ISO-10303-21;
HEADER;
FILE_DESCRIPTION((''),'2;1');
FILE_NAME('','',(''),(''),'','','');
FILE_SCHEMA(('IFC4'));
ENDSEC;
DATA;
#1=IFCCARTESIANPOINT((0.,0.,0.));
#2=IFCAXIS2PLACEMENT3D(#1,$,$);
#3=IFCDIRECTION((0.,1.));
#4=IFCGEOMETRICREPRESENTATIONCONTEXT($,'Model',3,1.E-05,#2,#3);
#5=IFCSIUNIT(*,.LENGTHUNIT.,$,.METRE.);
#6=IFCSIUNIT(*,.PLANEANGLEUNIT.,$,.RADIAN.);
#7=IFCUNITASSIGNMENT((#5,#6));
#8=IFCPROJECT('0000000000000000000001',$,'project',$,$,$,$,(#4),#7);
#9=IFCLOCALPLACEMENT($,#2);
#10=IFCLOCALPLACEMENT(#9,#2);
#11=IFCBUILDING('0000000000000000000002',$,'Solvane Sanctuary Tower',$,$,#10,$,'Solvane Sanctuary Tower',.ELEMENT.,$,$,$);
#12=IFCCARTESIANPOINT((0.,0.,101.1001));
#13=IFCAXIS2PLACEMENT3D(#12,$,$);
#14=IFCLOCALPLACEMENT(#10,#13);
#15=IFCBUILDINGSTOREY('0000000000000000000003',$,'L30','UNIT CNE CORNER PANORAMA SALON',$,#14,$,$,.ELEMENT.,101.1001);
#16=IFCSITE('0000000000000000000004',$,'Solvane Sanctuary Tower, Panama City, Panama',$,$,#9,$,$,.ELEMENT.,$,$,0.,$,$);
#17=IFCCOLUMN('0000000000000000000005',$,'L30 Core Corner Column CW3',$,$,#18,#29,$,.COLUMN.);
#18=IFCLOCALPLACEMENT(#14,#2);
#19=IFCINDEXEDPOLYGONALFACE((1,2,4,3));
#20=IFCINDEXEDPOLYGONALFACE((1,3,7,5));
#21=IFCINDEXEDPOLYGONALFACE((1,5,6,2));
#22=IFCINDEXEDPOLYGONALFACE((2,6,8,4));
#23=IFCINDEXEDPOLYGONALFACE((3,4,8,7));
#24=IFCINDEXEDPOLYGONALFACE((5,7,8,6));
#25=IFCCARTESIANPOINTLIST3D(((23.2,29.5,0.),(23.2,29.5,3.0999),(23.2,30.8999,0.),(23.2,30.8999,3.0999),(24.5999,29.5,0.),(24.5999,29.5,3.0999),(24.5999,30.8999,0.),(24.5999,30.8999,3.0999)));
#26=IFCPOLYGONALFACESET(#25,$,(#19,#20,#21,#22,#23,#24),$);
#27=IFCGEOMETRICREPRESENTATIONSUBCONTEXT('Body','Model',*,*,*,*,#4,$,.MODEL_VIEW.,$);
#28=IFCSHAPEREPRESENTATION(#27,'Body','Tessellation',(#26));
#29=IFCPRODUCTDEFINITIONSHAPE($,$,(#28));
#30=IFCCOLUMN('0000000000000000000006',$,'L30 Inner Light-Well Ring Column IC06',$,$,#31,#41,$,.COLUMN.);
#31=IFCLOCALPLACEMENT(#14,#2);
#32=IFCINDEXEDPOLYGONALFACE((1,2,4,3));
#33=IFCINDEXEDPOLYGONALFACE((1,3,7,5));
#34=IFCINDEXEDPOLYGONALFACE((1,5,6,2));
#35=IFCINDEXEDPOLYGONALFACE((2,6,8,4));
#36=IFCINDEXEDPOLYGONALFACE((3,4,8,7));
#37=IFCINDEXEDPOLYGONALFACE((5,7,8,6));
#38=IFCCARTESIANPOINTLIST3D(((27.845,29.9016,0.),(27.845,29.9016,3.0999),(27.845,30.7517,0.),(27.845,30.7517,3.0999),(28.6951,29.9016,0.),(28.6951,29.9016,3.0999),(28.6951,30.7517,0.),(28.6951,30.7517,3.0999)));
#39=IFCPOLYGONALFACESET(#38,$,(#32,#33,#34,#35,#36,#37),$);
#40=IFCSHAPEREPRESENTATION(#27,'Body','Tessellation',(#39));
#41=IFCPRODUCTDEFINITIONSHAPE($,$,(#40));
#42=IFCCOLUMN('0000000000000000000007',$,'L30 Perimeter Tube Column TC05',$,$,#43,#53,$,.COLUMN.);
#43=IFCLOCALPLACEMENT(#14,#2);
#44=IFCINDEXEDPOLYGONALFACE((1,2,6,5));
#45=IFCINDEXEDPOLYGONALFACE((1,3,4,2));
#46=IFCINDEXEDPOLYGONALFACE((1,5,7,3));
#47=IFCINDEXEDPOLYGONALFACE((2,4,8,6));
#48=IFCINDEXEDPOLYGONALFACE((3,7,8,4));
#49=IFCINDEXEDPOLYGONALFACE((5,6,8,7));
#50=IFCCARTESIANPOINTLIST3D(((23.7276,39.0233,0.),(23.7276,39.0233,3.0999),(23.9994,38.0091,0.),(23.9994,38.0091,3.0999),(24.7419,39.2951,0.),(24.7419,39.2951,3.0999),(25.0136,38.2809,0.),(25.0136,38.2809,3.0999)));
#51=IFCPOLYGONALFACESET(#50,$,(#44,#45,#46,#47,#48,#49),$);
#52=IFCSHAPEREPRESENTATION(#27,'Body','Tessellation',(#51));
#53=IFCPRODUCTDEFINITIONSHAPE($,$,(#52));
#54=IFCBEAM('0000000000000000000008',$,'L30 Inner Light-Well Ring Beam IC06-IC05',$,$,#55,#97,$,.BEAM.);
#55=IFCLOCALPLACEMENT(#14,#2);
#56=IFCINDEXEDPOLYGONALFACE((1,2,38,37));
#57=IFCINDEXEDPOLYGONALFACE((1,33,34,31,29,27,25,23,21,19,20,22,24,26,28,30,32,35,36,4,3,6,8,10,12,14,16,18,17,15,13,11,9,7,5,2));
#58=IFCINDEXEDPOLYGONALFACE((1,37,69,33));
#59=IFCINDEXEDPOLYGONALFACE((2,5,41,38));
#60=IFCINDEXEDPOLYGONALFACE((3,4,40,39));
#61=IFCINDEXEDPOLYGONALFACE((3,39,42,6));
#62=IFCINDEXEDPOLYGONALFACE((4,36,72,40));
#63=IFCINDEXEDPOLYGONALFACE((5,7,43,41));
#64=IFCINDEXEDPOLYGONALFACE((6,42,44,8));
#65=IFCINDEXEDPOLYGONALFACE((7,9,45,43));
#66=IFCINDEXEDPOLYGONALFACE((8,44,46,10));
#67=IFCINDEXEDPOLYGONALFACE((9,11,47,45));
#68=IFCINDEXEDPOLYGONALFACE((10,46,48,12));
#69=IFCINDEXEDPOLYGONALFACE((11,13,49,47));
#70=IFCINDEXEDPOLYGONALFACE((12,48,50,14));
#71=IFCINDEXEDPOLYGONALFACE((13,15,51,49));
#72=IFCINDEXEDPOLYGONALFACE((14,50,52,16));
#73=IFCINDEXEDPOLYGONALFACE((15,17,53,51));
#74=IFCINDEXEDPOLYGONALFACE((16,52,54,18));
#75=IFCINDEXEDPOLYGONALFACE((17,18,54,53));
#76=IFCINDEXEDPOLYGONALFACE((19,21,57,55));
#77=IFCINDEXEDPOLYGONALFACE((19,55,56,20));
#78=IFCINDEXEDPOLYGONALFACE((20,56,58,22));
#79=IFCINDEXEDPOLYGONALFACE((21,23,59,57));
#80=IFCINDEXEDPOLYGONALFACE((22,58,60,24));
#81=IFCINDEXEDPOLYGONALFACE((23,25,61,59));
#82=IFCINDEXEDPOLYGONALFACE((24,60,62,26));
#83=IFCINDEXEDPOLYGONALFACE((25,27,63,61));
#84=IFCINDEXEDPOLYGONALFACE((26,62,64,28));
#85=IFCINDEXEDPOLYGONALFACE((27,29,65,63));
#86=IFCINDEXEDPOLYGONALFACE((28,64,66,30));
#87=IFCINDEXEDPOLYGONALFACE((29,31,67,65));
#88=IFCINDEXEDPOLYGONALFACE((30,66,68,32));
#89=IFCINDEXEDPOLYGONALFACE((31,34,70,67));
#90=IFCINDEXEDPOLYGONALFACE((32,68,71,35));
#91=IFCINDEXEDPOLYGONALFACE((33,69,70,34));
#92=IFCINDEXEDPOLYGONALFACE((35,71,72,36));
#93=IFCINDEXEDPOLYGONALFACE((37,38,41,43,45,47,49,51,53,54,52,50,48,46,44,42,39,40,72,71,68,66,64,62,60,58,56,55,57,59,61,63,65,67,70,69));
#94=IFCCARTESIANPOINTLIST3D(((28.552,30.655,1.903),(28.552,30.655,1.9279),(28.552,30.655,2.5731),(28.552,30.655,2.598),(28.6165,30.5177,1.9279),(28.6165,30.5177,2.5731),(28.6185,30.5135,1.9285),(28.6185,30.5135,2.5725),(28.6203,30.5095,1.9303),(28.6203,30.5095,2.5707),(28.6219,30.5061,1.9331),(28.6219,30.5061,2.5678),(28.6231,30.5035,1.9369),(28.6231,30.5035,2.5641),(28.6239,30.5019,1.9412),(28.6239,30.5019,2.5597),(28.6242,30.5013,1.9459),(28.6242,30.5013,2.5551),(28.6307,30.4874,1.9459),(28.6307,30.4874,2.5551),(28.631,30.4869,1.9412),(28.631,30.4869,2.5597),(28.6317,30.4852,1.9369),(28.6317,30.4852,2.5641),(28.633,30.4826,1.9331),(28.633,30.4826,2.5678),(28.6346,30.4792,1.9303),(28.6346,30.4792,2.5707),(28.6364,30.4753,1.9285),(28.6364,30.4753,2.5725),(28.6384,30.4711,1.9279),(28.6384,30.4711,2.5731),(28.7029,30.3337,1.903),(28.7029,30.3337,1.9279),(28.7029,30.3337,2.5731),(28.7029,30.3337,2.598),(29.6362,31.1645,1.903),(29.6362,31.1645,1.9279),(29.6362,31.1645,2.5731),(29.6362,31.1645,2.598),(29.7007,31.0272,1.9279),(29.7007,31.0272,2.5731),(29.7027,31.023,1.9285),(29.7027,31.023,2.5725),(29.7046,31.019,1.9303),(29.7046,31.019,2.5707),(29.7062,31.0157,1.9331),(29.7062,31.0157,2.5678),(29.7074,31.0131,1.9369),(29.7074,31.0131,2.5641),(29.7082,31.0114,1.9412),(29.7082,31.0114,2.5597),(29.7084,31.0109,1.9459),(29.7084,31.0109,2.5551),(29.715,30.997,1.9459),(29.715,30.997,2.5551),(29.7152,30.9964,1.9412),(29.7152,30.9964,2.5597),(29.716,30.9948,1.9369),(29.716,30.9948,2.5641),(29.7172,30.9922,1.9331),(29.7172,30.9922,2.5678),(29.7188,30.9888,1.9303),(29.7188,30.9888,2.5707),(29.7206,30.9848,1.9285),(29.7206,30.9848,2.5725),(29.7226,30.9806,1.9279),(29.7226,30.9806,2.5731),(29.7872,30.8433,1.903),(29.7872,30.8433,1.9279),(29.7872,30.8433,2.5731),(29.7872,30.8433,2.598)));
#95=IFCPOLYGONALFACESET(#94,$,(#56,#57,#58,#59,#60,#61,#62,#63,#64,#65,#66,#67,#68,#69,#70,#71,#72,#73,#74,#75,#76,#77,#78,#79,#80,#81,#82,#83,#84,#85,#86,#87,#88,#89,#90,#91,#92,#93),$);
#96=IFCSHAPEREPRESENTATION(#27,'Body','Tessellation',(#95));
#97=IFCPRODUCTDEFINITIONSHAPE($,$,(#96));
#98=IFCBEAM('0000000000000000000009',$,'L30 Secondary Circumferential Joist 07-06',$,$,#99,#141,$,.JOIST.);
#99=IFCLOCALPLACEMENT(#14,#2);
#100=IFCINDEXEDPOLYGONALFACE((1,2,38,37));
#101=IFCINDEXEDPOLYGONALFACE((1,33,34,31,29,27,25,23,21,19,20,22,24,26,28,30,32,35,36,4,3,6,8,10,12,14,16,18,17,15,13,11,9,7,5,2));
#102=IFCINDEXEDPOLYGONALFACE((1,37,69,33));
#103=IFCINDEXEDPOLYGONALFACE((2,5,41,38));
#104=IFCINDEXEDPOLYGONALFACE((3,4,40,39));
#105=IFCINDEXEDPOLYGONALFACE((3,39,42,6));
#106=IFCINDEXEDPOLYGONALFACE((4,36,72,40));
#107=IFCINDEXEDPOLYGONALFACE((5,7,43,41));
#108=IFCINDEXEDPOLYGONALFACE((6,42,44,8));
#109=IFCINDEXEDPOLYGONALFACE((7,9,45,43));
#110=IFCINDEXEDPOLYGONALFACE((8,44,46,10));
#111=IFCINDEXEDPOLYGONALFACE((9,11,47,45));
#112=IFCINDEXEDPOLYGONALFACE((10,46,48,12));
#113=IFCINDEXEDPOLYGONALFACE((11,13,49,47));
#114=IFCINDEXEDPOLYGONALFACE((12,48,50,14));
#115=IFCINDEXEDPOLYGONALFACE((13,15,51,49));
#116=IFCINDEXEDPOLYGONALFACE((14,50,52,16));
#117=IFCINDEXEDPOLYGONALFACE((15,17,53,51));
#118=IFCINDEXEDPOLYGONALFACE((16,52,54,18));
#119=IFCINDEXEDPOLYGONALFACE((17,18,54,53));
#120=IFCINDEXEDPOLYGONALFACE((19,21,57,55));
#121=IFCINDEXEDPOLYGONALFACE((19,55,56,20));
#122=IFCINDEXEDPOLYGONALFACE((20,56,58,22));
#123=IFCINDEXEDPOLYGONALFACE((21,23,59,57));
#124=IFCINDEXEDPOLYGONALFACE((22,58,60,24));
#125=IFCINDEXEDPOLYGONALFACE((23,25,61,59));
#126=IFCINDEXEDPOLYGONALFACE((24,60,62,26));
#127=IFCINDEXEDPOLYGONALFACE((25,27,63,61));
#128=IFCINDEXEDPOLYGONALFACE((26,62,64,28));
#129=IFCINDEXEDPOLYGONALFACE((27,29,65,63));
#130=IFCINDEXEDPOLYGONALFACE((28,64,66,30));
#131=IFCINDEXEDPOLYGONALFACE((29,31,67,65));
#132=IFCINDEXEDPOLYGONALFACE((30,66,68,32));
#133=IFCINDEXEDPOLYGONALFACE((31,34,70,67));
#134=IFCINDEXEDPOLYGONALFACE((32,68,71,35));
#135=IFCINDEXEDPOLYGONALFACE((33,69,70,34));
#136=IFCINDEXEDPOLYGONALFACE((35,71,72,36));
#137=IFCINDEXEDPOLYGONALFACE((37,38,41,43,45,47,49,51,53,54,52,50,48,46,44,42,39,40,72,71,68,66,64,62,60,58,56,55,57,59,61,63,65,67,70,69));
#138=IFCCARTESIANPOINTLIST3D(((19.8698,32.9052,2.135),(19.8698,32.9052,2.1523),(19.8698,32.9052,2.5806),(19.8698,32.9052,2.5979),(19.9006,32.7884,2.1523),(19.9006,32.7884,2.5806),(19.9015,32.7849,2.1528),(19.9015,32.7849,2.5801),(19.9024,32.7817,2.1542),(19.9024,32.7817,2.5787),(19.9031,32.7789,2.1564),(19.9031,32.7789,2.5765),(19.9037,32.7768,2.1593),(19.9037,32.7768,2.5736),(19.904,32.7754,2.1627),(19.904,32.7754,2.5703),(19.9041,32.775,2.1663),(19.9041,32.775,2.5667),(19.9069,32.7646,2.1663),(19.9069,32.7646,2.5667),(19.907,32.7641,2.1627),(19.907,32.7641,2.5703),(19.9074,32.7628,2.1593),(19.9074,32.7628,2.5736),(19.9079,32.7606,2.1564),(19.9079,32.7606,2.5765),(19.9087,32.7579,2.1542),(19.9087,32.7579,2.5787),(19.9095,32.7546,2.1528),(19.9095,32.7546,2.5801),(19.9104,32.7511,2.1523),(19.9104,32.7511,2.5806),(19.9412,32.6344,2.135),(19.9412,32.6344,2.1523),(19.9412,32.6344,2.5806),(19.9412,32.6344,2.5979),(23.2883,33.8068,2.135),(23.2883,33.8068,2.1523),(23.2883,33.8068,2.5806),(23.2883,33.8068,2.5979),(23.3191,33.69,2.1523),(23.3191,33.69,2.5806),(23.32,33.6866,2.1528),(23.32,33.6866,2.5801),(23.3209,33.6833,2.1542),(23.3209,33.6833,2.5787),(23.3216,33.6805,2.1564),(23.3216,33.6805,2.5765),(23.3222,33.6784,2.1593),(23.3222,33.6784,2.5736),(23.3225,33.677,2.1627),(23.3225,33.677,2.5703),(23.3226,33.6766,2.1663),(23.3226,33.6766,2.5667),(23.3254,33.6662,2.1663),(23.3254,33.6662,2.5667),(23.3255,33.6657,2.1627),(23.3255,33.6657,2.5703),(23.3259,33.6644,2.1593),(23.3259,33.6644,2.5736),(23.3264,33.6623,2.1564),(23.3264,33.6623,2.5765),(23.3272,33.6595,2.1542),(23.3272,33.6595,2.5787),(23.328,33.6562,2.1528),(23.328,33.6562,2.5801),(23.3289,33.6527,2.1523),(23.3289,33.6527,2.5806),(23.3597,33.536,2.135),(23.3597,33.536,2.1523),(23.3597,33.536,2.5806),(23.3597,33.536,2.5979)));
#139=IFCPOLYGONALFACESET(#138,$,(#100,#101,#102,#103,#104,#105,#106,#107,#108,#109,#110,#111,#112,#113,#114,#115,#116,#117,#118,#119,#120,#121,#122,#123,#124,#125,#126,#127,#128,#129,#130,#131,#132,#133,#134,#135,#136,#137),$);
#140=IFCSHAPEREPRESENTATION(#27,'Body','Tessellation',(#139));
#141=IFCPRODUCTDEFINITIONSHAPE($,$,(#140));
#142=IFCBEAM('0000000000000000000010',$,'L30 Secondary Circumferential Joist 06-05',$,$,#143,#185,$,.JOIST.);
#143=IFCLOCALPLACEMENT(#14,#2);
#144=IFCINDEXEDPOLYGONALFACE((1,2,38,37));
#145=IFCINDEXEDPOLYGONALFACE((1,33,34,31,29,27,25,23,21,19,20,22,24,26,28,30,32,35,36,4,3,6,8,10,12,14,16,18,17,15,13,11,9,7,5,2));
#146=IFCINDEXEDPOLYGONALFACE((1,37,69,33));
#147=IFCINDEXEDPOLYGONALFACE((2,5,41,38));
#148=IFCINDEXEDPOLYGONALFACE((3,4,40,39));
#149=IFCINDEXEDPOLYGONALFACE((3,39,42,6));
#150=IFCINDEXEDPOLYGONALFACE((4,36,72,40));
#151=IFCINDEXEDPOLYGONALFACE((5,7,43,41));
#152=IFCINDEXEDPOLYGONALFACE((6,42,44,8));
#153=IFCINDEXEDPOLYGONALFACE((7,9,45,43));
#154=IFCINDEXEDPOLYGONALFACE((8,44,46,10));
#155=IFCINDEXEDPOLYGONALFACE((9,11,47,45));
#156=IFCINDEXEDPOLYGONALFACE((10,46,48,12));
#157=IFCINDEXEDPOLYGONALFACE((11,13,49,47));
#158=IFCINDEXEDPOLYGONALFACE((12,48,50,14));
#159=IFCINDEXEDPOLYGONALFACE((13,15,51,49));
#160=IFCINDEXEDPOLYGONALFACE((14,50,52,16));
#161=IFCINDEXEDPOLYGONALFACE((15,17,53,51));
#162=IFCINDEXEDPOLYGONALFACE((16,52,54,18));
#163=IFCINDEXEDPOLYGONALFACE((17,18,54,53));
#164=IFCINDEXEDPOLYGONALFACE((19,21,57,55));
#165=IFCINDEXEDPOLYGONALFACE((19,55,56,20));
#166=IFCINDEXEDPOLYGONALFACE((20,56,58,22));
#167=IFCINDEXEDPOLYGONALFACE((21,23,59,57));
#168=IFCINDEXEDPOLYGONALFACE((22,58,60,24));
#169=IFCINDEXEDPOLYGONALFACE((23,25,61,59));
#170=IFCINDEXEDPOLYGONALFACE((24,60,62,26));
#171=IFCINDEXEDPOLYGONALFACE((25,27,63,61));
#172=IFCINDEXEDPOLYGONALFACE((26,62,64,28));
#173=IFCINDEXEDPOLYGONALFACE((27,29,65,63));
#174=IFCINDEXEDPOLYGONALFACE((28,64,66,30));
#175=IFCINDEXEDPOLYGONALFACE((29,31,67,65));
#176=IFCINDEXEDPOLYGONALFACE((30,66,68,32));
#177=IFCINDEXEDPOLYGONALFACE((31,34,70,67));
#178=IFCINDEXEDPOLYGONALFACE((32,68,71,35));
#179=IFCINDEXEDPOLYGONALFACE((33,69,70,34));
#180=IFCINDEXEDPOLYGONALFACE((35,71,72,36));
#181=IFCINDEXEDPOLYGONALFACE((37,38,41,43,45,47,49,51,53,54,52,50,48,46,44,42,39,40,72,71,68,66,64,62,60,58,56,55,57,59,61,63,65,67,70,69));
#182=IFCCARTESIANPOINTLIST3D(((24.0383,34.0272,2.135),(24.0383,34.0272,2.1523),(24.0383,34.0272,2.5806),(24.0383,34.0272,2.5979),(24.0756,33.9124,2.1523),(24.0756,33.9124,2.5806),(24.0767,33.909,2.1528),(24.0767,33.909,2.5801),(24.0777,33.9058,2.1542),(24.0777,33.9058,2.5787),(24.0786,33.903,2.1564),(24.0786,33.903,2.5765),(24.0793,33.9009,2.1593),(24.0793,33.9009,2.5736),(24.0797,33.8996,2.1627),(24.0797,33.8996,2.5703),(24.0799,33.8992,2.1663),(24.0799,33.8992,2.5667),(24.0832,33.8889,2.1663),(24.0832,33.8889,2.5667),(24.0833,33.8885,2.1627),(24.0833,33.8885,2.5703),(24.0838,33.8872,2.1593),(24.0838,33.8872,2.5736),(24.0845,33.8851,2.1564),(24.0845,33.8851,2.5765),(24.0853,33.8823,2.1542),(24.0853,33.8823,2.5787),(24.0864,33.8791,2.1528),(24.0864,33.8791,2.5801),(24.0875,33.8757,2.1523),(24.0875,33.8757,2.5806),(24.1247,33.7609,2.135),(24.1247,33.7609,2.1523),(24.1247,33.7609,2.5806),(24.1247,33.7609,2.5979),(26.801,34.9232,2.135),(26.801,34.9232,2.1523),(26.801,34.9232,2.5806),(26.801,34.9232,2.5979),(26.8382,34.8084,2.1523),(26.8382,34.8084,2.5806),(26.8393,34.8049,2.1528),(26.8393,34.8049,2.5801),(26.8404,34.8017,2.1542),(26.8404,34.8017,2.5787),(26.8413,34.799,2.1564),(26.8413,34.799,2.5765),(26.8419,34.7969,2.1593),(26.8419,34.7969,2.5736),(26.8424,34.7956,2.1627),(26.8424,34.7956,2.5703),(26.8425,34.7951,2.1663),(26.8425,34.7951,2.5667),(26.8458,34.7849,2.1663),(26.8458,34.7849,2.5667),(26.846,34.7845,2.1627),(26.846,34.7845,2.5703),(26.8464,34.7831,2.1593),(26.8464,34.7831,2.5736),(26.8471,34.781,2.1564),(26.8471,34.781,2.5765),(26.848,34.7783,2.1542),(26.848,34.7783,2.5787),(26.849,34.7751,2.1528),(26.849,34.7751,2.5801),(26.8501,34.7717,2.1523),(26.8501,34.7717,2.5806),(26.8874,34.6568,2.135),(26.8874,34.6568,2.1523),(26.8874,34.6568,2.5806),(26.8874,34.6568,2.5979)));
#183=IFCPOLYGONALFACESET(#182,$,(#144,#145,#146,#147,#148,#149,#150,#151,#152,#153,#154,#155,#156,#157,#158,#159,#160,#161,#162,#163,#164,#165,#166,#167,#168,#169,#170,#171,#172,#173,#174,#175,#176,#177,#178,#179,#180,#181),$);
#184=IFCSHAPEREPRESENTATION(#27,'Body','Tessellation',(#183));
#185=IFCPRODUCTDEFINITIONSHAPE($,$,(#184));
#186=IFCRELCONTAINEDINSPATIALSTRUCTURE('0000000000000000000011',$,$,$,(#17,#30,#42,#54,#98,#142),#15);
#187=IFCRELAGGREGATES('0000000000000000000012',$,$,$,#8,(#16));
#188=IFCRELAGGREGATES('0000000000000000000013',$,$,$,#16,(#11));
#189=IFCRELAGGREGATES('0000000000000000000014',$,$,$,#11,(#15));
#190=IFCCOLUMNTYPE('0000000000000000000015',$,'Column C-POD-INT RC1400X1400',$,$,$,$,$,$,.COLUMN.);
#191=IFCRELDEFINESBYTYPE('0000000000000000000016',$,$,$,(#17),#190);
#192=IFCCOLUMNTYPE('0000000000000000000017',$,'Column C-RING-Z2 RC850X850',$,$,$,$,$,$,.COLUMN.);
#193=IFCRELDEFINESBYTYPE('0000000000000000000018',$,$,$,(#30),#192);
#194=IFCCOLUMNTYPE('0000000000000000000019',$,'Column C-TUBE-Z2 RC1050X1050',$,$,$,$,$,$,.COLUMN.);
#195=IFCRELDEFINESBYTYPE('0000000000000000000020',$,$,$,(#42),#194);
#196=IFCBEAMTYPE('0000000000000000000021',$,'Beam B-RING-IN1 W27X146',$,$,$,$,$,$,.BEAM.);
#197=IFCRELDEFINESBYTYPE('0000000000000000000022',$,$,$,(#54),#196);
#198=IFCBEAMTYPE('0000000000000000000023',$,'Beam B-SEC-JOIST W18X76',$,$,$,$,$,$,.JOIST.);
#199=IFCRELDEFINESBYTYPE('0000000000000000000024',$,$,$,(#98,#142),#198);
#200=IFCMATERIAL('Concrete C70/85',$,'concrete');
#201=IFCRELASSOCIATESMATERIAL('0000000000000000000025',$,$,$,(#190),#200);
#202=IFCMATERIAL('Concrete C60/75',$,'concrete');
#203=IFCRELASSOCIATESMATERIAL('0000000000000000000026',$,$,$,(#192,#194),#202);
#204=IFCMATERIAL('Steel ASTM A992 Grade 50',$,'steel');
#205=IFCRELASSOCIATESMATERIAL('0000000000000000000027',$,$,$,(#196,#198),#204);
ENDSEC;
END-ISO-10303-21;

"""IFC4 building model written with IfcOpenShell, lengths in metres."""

from ifc_helpers import new_model, si_unit, direction, frame, origin, origin_2d, place, context, subcontext, project, spatial, rectangle, i_section, extrude, material, material_profile, profile_set, type_object, element, save


model = new_model("IFC4")

# Units and contexts
model_context = context("Model", 3, precision=1e-05, world=origin(), true_north=direction((0.0, 1.0)))
body_context = subcontext(model_context, "Body", "Model", "MODEL_VIEW")
ifc_project = project(units=[si_unit("LENGTHUNIT", "METRE"), si_unit("PLANEANGLEUNIT", "RADIAN")], contexts=[model_context])

# Site, building, storey
site_placement = place(None, origin())
site = spatial("IfcSite", under=ifc_project, at=site_placement, Name="Solvane Sanctuary Tower, Panama City, Panama", CompositionType="ELEMENT", RefElevation=0.0)
building_placement = place(site_placement, origin())
building = spatial("IfcBuilding", under=site, at=building_placement, Name="Solvane Sanctuary Tower", LongName="Solvane Sanctuary Tower", CompositionType="ELEMENT")
storey_placement = place(building_placement, frame((0.0, 0.0, 101.1001)))
storey = spatial("IfcBuildingStorey", under=building, at=storey_placement, Name="L30", Description="UNIT CNE CORNER PANORAMA SALON", CompositionType="ELEMENT", Elevation=101.1001)

# Columns
ifc_material_1 = material(Name="Concrete C70/85", Category="concrete")
ifc_material_profile_1 = material_profile(ifc_material_1, rectangle(XDim=1.3999, YDim=1.3999, at=origin_2d()), Name="RC1400X1400")
ifc_profile_set_1 = profile_set([ifc_material_profile_1], Name="Concrete C70/85")
column_type_1 = type_object("IfcColumnType", Name="Column C-POD-INT RC1400X1400", PredefinedType="COLUMN", material=ifc_profile_set_1)
column_1_placement = place(storey_placement, frame((23.8999, 30.2, 0.0), z_axis=(0.0, 0.0, 1.0), x_axis=(1.0, 0.0, 0.0)))
element("IfcColumn", 1, at=column_1_placement, inside=storey, type_object=column_type_1, Name="L30 Core Corner Column CW3", PredefinedType="COLUMN", context=body_context, shape_type="SweptSolid", body=[
    extrude(rectangle(XDim=1.3999, YDim=1.3999, at=origin_2d()), origin(), (0.0, 0.0, 1.0), 3.0999),
])
ifc_material_2 = material(Name="Concrete C60/75", Category="concrete")
ifc_material_profile_2 = material_profile(ifc_material_2, rectangle(XDim=0.8501, YDim=0.8501, at=origin_2d()), Name="RC850X850")
ifc_profile_set_2 = profile_set([ifc_material_profile_2], Name="Concrete C60/75")
column_type_2 = type_object("IfcColumnType", Name="Column C-RING-Z2 RC850X850", PredefinedType="COLUMN", material=ifc_profile_set_2)
column_2_placement = place(storey_placement, frame((28.27, 30.3267, 0.0), z_axis=(0.0, 0.0, 1.0), x_axis=(1.0, 0.0, 0.0)))
element("IfcColumn", 2, at=column_2_placement, inside=storey, type_object=column_type_2, Name="L30 Inner Light-Well Ring Column IC06", PredefinedType="COLUMN", context=body_context, shape_type="SweptSolid", body=[
    extrude(rectangle(XDim=0.8501, YDim=0.8501, at=origin_2d()), origin(), (0.0, 0.0, 1.0), 3.0999),
])
ifc_material_profile_3 = material_profile(ifc_material_2, rectangle(XDim=1.05, YDim=1.05, at=origin_2d()), Name="RC1050X1050")
ifc_profile_set_3 = profile_set([ifc_material_profile_3], Name="Concrete C60/75")
column_type_3 = type_object("IfcColumnType", Name="Column C-TUBE-Z2 RC1050X1050", PredefinedType="COLUMN", material=ifc_profile_set_3)
column_3_placement = place(storey_placement, frame((24.3706, 38.6521, 0.0), z_axis=(0.0, 0.0, 1.0), x_axis=(-0.258819, 0.965926, 0.0)))
element("IfcColumn", 3, at=column_3_placement, inside=storey, type_object=column_type_3, Name="L30 Perimeter Tube Column TC05", PredefinedType="COLUMN", context=body_context, shape_type="SweptSolid", body=[
    extrude(rectangle(XDim=1.05, YDim=1.05, at=origin_2d()), origin(), (0.0, 0.0, 1.0), 3.0999),
])

# Beams
ifc_material_3 = material(Name="Steel ASTM A992 Grade 50", Category="steel")
ifc_material_profile_4 = material_profile(ifc_material_3, i_section(OverallWidth=0.355, OverallDepth=0.6951, WebThickness=0.0154, FlangeThickness=0.0249, FilletRadius=0.0181, at=origin_2d()), Name="W27X146")
ifc_profile_set_4 = profile_set([ifc_material_profile_4], Name="Steel ASTM A992 Grade 50")
beam_type_1 = type_object("IfcBeamType", Name="Beam B-RING-IN1 W27X146", PredefinedType="BEAM", material=ifc_profile_set_4)
beam_1_placement = place(storey_placement, frame((28.6274, 30.4944, 2.2505), z_axis=(0.905045, 0.425316, 0.0), x_axis=(-0.425316, 0.905045, 0.0)))
element("IfcBeam", 4, at=beam_1_placement, inside=storey, type_object=beam_type_1, Name="L30 Inner Light-Well Ring Beam IC06-IC05", PredefinedType="BEAM", context=body_context, shape_type="SweptSolid", body=[
    extrude(i_section(OverallWidth=0.355, OverallDepth=0.6951, WebThickness=0.0154, FlangeThickness=0.0249, FilletRadius=0.0181, at=origin_2d()), origin(), (0.0, 0.0, 1.0), 1.198),
])
ifc_material_profile_5 = material_profile(ifc_material_3, i_section(OverallWidth=0.28, OverallDepth=0.4629, WebThickness=0.0107, FlangeThickness=0.0173, FilletRadius=0.0139, at=origin_2d()), Name="W18X76")
ifc_profile_set_5 = profile_set([ifc_material_profile_5], Name="Steel ASTM A992 Grade 50")
beam_type_2 = type_object("IfcBeamType", Name="Beam B-SEC-JOIST W18X76", PredefinedType="JOIST", material=ifc_profile_set_5)
beam_2_placement = place(storey_placement, frame((19.9055, 32.7698, 2.3665), z_axis=(0.966934, 0.255027, 0.0), x_axis=(-0.255027, 0.966934, 0.0)))
element("IfcBeam", 5, at=beam_2_placement, inside=storey, type_object=beam_type_2, Name="L30 Secondary Circumferential Joist 07-06", PredefinedType="JOIST", context=body_context, shape_type="SweptSolid", body=[
    extrude(i_section(OverallWidth=0.28, OverallDepth=0.4629, WebThickness=0.0107, FlangeThickness=0.0173, FilletRadius=0.0139, at=origin_2d()), origin(), (0.0, 0.0, 1.0), 3.5354),
])
beam_3_placement = place(storey_placement, frame((24.0815, 33.894, 2.3665), z_axis=(0.951224, 0.308501, 0.0), x_axis=(-0.308501, 0.951224, 0.0)))
element("IfcBeam", 6, at=beam_3_placement, inside=storey, type_object=beam_type_2, Name="L30 Secondary Circumferential Joist 06-05", PredefinedType="JOIST", context=body_context, shape_type="SweptSolid", body=[
    extrude(i_section(OverallWidth=0.28, OverallDepth=0.4629, WebThickness=0.0107, FlangeThickness=0.0173, FilletRadius=0.0139, at=origin_2d()), origin(), (0.0, 0.0, 1.0), 2.9043),
])

save(model, "model.ifc")
